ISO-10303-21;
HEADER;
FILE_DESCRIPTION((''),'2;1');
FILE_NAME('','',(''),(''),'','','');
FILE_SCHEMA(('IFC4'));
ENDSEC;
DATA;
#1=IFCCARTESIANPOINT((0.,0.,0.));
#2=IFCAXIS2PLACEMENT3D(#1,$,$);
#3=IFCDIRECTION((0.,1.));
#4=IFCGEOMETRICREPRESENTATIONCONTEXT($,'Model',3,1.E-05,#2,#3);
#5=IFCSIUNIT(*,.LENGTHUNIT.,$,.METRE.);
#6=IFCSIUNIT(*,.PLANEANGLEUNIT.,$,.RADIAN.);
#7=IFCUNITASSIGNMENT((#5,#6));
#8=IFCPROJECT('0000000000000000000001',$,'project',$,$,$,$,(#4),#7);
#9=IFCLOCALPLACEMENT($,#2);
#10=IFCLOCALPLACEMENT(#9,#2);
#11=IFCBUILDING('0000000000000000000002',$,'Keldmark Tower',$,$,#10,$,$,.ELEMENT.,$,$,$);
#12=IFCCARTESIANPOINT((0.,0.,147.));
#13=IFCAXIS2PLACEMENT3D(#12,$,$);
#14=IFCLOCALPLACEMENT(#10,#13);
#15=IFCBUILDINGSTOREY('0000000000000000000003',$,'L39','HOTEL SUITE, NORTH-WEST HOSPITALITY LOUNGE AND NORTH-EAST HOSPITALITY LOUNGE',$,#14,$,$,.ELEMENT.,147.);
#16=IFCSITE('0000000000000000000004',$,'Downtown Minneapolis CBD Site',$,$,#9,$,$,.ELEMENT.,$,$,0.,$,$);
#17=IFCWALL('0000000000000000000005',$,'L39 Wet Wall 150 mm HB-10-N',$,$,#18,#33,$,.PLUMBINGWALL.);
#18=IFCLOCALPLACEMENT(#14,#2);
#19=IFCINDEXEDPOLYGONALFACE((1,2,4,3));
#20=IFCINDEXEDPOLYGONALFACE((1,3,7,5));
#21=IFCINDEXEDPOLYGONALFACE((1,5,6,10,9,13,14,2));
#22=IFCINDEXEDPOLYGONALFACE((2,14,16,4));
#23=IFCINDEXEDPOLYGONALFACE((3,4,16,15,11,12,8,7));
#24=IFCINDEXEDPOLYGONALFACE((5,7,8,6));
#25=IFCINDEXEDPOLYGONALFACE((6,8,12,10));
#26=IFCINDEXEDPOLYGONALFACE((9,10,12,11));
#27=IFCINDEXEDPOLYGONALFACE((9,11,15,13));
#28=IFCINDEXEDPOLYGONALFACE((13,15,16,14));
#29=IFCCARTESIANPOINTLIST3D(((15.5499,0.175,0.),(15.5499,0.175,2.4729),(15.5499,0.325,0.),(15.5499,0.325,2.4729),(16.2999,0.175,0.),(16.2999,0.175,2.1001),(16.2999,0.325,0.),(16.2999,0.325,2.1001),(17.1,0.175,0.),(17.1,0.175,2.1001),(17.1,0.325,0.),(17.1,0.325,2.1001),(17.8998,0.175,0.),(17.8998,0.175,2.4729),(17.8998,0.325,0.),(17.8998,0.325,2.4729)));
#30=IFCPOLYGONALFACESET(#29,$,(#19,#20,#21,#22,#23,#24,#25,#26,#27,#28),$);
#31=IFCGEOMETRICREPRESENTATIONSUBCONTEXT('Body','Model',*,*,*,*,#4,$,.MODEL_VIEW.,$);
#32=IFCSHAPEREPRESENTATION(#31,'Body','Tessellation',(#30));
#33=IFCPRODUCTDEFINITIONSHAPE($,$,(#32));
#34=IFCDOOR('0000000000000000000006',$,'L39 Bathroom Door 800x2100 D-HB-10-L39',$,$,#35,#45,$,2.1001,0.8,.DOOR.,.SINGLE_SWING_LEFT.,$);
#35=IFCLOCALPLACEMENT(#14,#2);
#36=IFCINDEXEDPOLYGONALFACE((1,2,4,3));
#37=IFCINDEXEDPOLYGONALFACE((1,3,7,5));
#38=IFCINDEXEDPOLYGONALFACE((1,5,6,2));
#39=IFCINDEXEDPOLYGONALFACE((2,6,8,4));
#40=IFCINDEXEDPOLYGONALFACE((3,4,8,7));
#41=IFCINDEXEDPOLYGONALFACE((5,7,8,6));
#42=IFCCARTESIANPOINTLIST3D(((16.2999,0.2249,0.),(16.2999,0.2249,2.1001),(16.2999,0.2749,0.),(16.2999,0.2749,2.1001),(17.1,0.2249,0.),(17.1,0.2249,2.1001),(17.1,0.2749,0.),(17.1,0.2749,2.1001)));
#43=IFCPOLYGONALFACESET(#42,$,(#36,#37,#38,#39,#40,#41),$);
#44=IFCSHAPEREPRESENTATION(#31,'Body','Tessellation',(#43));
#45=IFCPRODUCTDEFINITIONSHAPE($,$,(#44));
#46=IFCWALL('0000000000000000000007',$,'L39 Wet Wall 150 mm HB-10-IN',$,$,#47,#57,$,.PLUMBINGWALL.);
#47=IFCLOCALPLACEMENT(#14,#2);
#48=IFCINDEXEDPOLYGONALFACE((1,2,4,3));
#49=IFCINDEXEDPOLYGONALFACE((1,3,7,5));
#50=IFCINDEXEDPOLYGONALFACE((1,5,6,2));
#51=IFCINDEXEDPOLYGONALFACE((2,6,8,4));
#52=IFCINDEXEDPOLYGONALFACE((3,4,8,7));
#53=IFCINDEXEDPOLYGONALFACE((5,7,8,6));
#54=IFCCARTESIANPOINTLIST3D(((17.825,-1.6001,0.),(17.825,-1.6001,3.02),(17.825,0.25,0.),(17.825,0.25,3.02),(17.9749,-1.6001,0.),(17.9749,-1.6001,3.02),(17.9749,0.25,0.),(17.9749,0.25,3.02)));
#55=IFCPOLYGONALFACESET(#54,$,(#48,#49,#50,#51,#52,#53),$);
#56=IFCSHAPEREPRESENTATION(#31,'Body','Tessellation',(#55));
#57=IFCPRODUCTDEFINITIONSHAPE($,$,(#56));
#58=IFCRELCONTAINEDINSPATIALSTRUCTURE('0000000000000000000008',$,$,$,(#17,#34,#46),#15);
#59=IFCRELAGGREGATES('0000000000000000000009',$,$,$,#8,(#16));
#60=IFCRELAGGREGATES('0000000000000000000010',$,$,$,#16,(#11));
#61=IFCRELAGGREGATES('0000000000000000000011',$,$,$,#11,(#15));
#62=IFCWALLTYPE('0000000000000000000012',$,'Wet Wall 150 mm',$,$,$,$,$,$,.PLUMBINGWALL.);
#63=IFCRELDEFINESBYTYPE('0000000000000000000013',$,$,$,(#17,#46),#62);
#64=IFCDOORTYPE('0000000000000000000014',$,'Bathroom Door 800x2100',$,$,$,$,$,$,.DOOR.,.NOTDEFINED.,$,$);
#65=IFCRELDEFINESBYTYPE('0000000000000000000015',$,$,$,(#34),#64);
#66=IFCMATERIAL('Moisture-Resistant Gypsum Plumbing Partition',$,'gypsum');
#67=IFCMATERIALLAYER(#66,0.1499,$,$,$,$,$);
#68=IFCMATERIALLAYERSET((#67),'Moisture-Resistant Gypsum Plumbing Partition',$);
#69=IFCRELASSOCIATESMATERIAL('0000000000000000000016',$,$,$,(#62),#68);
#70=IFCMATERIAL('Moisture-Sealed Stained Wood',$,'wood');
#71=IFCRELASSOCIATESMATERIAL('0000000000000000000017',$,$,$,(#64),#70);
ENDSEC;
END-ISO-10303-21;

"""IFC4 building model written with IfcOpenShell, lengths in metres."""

from ifc_helpers import new_model, si_unit, direction, frame, frame_2d, origin, place, context, subcontext, project, spatial, rectangle, extrude, material, layer, layer_set, type_object, element, fill, save


model = new_model("IFC4")

# Units and contexts
model_context = context("Model", 3, precision=1e-05, world=origin(), true_north=direction((0.0, 1.0)))
body_context = subcontext(model_context, "Body", "Model", "MODEL_VIEW")
ifc_project = project(units=[si_unit("LENGTHUNIT", "METRE"), si_unit("PLANEANGLEUNIT", "RADIAN")], contexts=[model_context])

# Site, building, storey
site_placement = place(None, origin())
site = spatial("IfcSite", under=ifc_project, at=site_placement, Name="Downtown Minneapolis CBD Site", CompositionType="ELEMENT", RefElevation=0.0)
building_placement = place(site_placement, origin())
building = spatial("IfcBuilding", under=site, at=building_placement, Name="Keldmark Tower", CompositionType="ELEMENT")
storey_placement = place(building_placement, frame((0.0, 0.0, 147.0)))
storey = spatial("IfcBuildingStorey", under=building, at=storey_placement, Name="L39", Description="HOTEL SUITE, NORTH-WEST HOSPITALITY LOUNGE AND NORTH-EAST HOSPITALITY LOUNGE", CompositionType="ELEMENT", Elevation=147.0)

# Shared definitions
ifc_material_1 = material(Name="Moisture-Resistant Gypsum Plumbing Partition", Category="gypsum")
ifc_layer_1 = layer(ifc_material_1, 0.1499)
ifc_layer_set_1 = layer_set([ifc_layer_1], Name="Moisture-Resistant Gypsum Plumbing Partition")
wall_type_1 = type_object("IfcWallType", Name="Wet Wall 150 mm", PredefinedType="PLUMBINGWALL", material=ifc_layer_set_1)

# Wall, opening, door
wall_1_placement = place(storey_placement, frame((15.55, 0.25, 0.0), z_axis=(0.0, 0.0, 1.0), x_axis=(1.0, 0.0, 0.0)))
wall_1 = element("IfcWall", 1, at=wall_1_placement, inside=storey, type_object=wall_type_1, Name="L39 Wet Wall 150 mm HB-10-N", PredefinedType="PLUMBINGWALL", context=body_context, shape_type="SweptSolid", body=[
    extrude(rectangle(XDim=2.3499, YDim=0.1499, at=frame_2d((1.1748, 0.0))), origin(), (0.0, 0.0, 1.0), 2.4729),
])
opening_1_placement = place(wall_1_placement, frame((0.75, 0.0, 0.0)))
opening_1 = element("IfcOpeningElement", 2, at=opening_1_placement, cuts=wall_1, PredefinedType="OPENING", context=body_context, shape_type="SweptSolid", body=[
    extrude(rectangle(XDim=0.8, YDim=2.1001, at=frame_2d((0.3999, 1.05))), frame((0.0, 0.085, 0.0), z_axis=(0.0, -1.0, 0.0), x_axis=(1.0, 0.0, 0.0)), (0.0, 0.0, 1.0), 0.1699),
])
ifc_material_2 = material(Name="Moisture-Sealed Stained Wood", Category="wood")
door_type_1 = type_object("IfcDoorType", Name="Bathroom Door 800x2100", OperationType="NOTDEFINED", PredefinedType="DOOR", material=ifc_material_2)
door_1_placement = place(opening_1_placement, origin())
door_1 = element("IfcDoor", 3, at=door_1_placement, inside=storey, type_object=door_type_1, Name="L39 Bathroom Door 800x2100 D-HB-10-L39", OperationType="SINGLE_SWING_LEFT", OverallHeight=2.1001, OverallWidth=0.8, PredefinedType="DOOR", context=body_context, shape_type="SweptSolid", body=[
    extrude(rectangle(XDim=0.8, YDim=2.1001, at=frame_2d((0.3999, 1.05))), frame((0.0, 0.0249, 0.0), z_axis=(0.0, -1.0, 0.0), x_axis=(1.0, 0.0, 0.0)), (0.0, 0.0, 1.0), 0.05),
])
fill(opening_1, door_1)

# Wall
wall_2_placement = place(storey_placement, frame((17.8999, -1.6001, 0.0), z_axis=(0.0, 0.0, 1.0), x_axis=(0.0, 1.0, 0.0)))
element("IfcWall", 4, at=wall_2_placement, inside=storey, type_object=wall_type_1, Name="L39 Wet Wall 150 mm HB-10-IN", PredefinedType="PLUMBINGWALL", context=body_context, shape_type="SweptSolid", body=[
    extrude(rectangle(XDim=1.8501, YDim=0.1499, at=frame_2d((0.925, 0.0))), origin(), (0.0, 0.0, 1.0), 3.02),
])

save(model, "model.ifc")
